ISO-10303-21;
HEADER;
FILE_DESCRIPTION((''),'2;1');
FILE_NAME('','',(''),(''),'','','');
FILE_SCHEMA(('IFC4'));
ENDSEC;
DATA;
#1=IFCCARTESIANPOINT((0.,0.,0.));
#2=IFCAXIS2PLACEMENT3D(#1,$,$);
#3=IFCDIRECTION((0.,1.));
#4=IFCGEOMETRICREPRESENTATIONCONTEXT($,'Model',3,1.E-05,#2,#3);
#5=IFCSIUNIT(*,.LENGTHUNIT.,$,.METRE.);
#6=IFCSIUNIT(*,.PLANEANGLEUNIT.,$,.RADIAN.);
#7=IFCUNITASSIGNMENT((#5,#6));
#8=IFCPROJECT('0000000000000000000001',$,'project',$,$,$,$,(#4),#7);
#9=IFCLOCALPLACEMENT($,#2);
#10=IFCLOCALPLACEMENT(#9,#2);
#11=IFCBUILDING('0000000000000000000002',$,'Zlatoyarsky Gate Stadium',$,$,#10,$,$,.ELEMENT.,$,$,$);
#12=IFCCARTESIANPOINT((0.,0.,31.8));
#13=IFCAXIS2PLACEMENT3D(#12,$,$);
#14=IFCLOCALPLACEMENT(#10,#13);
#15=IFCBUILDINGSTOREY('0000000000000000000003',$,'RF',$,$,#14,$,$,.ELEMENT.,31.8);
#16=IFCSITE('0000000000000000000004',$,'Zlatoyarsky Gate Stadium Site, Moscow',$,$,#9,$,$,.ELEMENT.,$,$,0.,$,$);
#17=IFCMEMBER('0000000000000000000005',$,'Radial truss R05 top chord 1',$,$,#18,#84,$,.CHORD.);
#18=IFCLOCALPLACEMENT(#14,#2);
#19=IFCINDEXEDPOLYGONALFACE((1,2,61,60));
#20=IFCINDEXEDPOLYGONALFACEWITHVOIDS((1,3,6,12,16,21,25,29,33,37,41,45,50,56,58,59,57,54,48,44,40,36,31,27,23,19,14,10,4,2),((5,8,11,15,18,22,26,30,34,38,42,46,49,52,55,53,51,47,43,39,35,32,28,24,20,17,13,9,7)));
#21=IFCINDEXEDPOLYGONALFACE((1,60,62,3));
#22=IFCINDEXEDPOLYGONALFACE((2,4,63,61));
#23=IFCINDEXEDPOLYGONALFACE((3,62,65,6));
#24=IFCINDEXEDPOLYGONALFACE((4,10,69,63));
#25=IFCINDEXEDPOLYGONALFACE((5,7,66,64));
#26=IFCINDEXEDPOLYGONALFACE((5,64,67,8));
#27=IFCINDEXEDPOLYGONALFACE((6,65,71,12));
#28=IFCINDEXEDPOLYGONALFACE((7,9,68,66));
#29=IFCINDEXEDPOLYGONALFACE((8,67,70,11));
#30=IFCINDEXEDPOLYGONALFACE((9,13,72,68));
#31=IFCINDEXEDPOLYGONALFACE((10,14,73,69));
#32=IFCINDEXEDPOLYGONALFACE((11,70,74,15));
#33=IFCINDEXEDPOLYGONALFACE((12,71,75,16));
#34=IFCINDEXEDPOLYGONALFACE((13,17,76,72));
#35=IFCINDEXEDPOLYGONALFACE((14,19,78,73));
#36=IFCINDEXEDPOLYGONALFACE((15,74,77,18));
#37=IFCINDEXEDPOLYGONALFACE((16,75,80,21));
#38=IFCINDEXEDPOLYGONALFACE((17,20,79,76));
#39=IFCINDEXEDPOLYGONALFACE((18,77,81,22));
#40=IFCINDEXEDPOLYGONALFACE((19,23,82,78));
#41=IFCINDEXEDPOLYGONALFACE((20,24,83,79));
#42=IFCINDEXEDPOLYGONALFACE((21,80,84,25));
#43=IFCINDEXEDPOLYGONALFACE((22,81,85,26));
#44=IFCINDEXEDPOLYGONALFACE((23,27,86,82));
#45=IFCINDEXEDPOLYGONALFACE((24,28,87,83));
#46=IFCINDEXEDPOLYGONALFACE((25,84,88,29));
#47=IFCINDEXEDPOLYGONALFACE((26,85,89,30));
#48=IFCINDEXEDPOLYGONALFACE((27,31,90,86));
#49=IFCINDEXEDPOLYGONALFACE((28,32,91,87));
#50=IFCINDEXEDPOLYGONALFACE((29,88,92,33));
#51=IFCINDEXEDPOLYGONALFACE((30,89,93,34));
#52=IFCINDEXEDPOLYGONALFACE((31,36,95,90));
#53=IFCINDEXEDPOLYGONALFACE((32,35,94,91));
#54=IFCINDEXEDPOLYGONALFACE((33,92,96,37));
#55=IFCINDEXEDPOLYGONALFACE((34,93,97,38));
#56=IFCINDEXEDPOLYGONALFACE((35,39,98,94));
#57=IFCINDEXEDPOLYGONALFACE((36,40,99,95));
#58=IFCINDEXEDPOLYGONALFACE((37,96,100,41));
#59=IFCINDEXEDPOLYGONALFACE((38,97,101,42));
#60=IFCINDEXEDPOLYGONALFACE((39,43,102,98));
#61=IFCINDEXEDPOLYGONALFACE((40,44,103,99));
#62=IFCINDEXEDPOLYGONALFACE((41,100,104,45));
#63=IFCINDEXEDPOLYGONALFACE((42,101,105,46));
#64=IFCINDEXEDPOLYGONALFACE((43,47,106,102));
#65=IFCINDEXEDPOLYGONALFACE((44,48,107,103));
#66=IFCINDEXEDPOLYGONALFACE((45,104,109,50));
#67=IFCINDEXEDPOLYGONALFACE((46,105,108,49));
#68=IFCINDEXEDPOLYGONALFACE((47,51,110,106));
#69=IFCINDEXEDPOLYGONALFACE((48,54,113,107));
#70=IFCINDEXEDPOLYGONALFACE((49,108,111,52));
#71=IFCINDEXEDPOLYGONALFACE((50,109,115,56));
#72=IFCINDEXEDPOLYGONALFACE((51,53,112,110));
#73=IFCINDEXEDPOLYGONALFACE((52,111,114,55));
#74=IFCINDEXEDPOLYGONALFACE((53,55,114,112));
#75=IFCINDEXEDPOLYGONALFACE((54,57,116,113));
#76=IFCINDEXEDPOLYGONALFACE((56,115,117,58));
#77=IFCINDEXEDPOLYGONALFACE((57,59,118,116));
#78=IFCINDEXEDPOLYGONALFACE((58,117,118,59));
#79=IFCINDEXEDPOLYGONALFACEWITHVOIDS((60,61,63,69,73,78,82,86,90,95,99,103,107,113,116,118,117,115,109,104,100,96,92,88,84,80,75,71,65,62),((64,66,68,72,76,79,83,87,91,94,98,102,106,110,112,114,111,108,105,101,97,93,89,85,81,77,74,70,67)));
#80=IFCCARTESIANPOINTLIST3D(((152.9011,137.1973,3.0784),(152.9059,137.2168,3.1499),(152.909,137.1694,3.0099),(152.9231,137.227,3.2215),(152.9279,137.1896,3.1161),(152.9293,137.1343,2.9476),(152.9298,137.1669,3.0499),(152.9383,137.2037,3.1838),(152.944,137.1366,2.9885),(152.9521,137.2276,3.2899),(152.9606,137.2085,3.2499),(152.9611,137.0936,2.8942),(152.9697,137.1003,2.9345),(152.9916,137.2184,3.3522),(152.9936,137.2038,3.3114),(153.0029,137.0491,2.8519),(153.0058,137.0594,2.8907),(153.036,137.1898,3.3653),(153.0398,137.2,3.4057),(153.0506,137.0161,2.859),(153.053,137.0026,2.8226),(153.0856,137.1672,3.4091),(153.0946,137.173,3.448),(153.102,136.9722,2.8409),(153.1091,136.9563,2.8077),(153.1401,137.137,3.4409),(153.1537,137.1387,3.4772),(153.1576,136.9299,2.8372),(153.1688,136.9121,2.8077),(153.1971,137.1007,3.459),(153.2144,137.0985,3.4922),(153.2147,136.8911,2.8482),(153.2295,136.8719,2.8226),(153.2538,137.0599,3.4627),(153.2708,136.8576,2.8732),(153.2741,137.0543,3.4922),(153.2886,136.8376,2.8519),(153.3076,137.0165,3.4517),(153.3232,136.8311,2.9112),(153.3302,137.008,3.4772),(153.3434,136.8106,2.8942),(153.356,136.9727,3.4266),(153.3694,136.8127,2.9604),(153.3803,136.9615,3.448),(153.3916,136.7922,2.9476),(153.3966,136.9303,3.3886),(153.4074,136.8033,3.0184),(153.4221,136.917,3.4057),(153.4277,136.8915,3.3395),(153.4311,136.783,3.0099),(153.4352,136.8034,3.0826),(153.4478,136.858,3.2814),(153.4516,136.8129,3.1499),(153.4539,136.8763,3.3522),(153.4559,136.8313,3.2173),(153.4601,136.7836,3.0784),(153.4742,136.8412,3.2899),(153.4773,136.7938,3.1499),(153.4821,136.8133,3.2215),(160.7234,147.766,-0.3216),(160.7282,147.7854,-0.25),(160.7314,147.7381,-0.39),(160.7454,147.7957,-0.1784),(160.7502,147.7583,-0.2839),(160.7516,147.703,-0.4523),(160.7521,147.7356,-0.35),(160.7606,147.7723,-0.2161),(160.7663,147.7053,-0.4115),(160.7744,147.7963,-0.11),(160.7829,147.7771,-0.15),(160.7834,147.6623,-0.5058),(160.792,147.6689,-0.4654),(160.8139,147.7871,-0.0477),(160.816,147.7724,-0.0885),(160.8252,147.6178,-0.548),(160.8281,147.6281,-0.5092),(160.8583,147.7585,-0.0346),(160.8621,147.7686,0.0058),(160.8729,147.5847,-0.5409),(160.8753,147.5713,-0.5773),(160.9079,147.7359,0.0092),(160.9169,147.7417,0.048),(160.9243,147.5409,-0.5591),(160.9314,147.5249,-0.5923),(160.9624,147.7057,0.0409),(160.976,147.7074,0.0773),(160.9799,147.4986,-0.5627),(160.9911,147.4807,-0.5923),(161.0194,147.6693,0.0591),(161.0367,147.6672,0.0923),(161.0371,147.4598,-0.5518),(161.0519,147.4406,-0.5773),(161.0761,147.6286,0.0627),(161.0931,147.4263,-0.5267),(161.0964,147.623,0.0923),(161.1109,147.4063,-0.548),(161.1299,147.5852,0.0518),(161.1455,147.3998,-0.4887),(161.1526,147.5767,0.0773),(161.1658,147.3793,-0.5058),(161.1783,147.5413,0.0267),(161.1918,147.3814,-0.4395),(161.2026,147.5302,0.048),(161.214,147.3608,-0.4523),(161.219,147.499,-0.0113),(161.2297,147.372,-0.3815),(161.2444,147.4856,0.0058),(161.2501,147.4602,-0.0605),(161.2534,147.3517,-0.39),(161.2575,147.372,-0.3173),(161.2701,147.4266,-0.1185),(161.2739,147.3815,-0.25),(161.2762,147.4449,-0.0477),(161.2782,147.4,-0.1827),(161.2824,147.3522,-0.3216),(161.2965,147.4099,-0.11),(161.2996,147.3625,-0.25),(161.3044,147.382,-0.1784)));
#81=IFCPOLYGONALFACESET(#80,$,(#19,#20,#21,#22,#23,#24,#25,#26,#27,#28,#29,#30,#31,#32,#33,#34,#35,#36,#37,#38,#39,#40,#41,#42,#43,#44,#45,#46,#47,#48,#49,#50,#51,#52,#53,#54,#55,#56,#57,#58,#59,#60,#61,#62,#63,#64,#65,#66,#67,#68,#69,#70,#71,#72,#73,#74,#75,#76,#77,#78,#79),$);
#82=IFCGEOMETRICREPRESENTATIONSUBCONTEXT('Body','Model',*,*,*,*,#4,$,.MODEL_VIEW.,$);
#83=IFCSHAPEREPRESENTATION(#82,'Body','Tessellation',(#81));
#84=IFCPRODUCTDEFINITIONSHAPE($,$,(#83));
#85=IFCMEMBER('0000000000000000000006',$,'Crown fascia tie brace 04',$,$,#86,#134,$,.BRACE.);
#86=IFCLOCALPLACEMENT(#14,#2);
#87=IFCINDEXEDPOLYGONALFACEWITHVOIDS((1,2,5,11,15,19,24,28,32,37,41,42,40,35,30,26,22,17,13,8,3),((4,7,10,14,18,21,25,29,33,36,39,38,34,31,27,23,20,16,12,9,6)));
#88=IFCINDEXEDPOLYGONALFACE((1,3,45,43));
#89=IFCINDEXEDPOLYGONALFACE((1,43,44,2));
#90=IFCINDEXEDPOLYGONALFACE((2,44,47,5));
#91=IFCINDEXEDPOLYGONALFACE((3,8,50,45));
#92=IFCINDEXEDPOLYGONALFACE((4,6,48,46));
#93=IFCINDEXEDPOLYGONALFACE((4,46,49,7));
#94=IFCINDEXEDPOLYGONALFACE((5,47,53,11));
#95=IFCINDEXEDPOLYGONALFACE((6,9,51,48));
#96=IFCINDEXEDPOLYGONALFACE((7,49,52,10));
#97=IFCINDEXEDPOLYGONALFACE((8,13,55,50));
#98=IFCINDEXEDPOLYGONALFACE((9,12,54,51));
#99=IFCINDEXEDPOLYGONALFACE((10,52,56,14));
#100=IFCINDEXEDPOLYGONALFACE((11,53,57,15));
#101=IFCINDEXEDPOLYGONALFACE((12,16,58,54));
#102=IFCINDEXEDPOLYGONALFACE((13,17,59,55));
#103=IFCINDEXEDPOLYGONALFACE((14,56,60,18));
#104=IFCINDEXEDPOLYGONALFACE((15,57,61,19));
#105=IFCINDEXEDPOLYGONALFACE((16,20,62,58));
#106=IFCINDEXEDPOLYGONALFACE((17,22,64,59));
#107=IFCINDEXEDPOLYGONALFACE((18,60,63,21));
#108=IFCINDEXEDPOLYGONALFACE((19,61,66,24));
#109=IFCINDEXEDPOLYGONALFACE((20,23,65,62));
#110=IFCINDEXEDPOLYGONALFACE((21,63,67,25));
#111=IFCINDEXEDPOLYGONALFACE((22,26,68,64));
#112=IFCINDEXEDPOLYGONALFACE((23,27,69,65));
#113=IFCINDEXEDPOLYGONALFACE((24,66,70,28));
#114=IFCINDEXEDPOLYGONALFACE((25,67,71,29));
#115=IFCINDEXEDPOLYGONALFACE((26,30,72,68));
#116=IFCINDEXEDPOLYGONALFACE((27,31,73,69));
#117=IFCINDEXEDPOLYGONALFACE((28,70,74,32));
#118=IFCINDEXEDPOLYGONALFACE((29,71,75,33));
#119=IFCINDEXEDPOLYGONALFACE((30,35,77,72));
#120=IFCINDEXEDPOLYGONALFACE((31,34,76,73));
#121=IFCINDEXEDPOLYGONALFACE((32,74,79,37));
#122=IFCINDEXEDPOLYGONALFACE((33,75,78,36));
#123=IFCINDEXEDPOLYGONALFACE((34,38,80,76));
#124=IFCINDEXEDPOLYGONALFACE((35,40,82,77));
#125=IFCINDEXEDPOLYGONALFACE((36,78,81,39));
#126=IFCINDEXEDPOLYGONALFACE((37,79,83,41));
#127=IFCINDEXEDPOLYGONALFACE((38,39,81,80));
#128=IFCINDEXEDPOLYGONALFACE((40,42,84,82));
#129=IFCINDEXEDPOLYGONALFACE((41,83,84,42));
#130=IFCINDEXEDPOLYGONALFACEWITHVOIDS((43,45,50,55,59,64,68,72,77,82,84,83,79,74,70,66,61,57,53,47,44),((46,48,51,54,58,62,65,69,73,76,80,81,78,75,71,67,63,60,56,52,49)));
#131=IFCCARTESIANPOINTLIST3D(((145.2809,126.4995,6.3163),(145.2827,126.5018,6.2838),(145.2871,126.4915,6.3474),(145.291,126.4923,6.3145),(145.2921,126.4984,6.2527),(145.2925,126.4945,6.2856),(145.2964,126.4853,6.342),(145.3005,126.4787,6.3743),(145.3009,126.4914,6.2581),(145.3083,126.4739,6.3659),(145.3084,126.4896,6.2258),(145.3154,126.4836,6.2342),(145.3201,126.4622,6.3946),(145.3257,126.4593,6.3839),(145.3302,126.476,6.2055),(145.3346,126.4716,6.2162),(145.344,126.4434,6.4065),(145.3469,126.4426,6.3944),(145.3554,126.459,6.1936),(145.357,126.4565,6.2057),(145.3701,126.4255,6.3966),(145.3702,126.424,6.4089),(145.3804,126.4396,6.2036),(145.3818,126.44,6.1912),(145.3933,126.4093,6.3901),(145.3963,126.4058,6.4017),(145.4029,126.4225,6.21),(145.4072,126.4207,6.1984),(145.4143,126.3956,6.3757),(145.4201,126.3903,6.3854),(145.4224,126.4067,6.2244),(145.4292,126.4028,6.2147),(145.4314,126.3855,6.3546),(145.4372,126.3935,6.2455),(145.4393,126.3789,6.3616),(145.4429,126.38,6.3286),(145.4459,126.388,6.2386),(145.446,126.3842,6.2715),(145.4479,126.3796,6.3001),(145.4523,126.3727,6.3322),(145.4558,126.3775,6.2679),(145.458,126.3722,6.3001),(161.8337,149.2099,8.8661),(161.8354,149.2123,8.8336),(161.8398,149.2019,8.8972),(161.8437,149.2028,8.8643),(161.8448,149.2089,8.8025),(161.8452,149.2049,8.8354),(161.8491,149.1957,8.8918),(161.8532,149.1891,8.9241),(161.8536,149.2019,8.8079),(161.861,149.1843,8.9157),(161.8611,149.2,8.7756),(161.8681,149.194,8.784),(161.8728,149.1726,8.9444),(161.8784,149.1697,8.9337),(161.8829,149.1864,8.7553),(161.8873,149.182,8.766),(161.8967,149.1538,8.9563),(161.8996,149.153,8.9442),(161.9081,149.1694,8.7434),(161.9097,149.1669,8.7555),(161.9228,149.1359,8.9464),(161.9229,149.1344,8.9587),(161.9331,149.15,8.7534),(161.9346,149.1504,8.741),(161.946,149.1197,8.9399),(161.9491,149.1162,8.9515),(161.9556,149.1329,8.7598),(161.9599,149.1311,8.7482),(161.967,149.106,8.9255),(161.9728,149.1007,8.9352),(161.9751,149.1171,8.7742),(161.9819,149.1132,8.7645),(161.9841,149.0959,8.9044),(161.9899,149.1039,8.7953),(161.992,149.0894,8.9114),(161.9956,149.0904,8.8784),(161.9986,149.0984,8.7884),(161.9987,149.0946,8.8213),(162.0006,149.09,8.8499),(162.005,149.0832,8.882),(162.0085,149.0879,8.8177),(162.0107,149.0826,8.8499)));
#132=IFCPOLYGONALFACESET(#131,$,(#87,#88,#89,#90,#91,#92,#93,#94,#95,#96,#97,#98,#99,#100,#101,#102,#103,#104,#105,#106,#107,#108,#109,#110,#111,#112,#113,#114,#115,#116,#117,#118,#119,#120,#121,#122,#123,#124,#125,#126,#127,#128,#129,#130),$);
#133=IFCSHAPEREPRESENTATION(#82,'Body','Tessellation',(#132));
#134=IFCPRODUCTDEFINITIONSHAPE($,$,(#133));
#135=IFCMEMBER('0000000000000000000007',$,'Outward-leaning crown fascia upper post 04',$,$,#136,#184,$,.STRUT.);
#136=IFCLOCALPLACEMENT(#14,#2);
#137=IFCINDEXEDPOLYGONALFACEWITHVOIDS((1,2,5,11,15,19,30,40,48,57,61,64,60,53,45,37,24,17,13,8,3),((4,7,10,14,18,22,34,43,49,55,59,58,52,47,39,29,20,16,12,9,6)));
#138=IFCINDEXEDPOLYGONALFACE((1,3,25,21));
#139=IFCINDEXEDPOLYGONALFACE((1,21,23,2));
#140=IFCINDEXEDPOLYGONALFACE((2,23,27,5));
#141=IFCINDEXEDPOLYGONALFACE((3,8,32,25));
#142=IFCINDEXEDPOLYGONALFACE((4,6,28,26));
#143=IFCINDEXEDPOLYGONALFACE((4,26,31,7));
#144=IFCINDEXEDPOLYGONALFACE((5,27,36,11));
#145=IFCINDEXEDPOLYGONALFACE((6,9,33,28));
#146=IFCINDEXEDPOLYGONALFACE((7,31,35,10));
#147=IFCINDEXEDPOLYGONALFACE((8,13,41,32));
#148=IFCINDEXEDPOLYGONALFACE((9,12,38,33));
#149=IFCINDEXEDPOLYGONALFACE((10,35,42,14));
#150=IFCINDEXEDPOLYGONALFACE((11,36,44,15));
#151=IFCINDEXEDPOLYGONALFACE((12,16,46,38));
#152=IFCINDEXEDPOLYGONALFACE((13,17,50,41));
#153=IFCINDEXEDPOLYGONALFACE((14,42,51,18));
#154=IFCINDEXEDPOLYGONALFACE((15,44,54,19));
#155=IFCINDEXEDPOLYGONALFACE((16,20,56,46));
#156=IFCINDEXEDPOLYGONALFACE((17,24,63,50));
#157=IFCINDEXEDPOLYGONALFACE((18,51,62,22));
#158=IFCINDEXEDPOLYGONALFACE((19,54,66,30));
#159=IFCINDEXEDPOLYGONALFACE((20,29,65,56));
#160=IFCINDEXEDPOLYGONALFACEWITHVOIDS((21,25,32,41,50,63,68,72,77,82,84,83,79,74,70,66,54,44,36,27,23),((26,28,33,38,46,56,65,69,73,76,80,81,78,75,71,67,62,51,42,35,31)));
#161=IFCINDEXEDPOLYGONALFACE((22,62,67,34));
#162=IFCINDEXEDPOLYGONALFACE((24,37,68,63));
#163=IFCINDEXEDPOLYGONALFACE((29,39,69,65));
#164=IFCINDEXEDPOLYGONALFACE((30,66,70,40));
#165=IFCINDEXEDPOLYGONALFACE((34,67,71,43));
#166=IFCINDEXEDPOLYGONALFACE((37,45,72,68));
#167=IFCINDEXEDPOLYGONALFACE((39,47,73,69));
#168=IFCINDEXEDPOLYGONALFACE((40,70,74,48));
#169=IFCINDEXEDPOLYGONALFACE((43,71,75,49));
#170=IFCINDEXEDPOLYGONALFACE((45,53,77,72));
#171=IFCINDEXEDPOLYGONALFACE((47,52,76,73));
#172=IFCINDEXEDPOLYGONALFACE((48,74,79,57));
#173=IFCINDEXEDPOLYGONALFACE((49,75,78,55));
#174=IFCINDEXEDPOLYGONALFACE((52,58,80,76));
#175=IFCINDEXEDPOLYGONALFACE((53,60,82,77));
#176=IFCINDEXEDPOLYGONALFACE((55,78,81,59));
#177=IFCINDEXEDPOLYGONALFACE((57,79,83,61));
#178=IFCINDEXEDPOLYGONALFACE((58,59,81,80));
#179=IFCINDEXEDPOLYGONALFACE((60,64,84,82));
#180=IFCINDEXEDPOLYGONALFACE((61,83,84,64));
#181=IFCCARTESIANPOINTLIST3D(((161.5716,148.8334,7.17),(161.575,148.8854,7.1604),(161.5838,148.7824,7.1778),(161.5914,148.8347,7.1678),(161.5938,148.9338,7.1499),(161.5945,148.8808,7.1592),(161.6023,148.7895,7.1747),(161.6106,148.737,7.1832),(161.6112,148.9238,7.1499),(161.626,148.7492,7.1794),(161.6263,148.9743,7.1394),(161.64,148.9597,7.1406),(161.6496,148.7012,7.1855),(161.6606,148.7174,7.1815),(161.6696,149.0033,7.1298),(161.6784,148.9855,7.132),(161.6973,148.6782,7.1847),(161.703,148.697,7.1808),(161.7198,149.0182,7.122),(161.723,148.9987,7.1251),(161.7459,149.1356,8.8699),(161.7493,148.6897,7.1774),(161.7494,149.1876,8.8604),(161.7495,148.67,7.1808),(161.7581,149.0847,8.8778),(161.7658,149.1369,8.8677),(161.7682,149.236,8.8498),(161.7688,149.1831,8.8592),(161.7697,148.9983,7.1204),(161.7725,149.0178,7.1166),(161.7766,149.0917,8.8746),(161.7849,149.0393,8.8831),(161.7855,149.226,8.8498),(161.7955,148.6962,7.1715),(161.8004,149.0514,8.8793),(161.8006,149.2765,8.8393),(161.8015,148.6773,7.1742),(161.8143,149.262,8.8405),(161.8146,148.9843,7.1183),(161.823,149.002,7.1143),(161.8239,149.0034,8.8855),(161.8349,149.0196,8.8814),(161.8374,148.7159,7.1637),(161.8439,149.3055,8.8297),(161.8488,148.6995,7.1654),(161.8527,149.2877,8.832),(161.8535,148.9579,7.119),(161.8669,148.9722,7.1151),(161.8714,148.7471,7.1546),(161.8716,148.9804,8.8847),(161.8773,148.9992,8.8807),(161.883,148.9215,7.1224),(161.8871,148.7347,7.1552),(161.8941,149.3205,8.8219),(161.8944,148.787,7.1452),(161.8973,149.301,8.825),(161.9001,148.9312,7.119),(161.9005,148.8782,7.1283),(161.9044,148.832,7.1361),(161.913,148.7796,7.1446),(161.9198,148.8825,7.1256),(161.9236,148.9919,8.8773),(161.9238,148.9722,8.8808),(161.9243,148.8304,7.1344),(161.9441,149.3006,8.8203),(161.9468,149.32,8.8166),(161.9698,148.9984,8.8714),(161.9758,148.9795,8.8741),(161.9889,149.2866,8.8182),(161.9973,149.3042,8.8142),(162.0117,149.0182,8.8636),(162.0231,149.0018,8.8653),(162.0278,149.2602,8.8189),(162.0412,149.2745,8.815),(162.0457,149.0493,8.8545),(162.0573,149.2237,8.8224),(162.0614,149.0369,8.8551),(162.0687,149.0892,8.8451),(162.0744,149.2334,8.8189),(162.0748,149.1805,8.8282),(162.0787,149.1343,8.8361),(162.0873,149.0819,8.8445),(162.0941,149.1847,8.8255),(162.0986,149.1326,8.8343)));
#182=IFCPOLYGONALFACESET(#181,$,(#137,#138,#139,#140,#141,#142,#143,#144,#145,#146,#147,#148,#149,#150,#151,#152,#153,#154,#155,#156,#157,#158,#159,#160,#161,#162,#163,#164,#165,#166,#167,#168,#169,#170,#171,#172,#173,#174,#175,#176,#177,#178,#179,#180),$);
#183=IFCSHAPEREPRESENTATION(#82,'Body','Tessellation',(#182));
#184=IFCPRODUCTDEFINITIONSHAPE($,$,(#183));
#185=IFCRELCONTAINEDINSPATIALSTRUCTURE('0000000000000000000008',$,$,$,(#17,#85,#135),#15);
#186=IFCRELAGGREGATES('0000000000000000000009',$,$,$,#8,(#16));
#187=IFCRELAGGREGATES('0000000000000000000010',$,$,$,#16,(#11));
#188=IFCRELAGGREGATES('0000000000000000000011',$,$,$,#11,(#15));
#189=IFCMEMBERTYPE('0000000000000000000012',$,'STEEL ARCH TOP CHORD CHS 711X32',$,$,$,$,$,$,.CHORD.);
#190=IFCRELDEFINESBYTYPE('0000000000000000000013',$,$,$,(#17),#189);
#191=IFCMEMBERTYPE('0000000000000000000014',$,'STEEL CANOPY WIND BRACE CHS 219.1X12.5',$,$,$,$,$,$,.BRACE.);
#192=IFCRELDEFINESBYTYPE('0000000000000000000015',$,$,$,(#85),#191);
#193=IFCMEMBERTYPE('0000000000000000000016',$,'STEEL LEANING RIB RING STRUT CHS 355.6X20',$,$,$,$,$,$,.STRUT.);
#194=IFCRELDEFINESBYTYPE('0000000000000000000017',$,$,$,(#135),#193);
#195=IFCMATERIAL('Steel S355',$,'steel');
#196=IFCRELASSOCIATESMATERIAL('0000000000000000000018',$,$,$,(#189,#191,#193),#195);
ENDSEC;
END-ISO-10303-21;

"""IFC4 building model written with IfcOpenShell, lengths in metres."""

from ifc_helpers import new_model, si_unit, direction, frame, origin, origin_2d, place, context, subcontext, project, spatial, hollow_circle, extrude, material, material_profile, profile_set, type_object, element, save


model = new_model("IFC4")

# Units and contexts
model_context = context("Model", 3, precision=1e-05, world=origin(), true_north=direction((0.0, 1.0)))
body_context = subcontext(model_context, "Body", "Model", "MODEL_VIEW")
ifc_project = project(units=[si_unit("LENGTHUNIT", "METRE"), si_unit("PLANEANGLEUNIT", "RADIAN")], contexts=[model_context])

# Site, building, storey
site_placement = place(None, origin())
site = spatial("IfcSite", under=ifc_project, at=site_placement, Name="Zlatoyarsky Gate Stadium Site, Moscow", CompositionType="ELEMENT", RefElevation=0.0)
building_placement = place(site_placement, origin())
building = spatial("IfcBuilding", under=site, at=building_placement, Name="Zlatoyarsky Gate Stadium", CompositionType="ELEMENT")
storey_placement = place(building_placement, frame((0.0, 0.0, 31.8)))
storey = spatial("IfcBuildingStorey", under=building, at=storey_placement, Name="RF", CompositionType="ELEMENT", Elevation=31.8)

# Members
ifc_material_1 = material(Name="Steel S355", Category="steel")
ifc_material_profile_1 = material_profile(ifc_material_1, hollow_circle(Radius=0.3555, WallThickness=0.032, at=origin_2d()), Name="CHS 711X32")
ifc_profile_set_1 = profile_set([ifc_material_profile_1], Name="Steel S355")
member_type_1 = type_object("IfcMemberType", Name="STEEL ARCH TOP CHORD CHS 711X32", PredefinedType="CHORD", material=ifc_profile_set_1)
member_1_placement = place(storey_placement, frame((161.0139, 147.574, -0.25), z_axis=(-0.575973, -0.778192, 0.250343), x_axis=(0.803787, -0.594917, 0.0)))
element("IfcMember", 1, at=member_1_placement, inside=storey, type_object=member_type_1, Name="Radial truss R05 top chord 1", PredefinedType="CHORD", context=body_context, shape_type="SweptSolid", body=[
    extrude(hollow_circle(Radius=0.3555, WallThickness=0.032, at=origin_2d()), origin(), (0.0, 0.0, 1.0), 13.5811),
])
ifc_material_profile_2 = material_profile(ifc_material_1, hollow_circle(Radius=0.1096, WallThickness=0.0125, at=origin_2d()), Name="CHS 219.1X12.5")
ifc_profile_set_2 = profile_set([ifc_material_profile_2], Name="Steel S355")
member_type_2 = type_object("IfcMemberType", Name="STEEL CANOPY WIND BRACE CHS 219.1X12.5", PredefinedType="BRACE", material=ifc_profile_set_2)
member_2_placement = place(storey_placement, frame((161.9221, 149.1472, 8.8499), z_axis=(-0.586601, -0.80482, -0.090361), x_axis=(0.808126, -0.58901, 0.0)))
element("IfcMember", 2, at=member_2_placement, inside=storey, type_object=member_type_2, Name="Crown fascia tie brace 04", PredefinedType="BRACE", context=body_context, shape_type="SweptSolid", body=[
    extrude(hollow_circle(Radius=0.1096, WallThickness=0.0125, at=origin_2d()), origin(), (0.0, 0.0, 1.0), 28.218),
])
ifc_material_profile_3 = material_profile(ifc_material_1, hollow_circle(Radius=0.1777, WallThickness=0.02, at=origin_2d()), Name="CHS 355.6X20")
ifc_profile_set_3 = profile_set([ifc_material_profile_3], Name="Steel S355")
member_type_3 = type_object("IfcMemberType", Name="STEEL LEANING RIB RING STRUT CHS 355.6X20", PredefinedType="STRUT", material=ifc_profile_set_3)
member_3_placement = place(storey_placement, frame((161.7478, 148.845, 7.1499), z_axis=(0.100448, 0.174166, 0.97958), x_axis=(-0.866255, 0.499601, 0.0)))
element("IfcMember", 3, at=member_3_placement, inside=storey, type_object=member_type_3, Name="Outward-leaning crown fascia upper post 04", PredefinedType="STRUT", context=body_context, shape_type="SweptSolid", body=[
    extrude(hollow_circle(Radius=0.1777, WallThickness=0.02, at=origin_2d()), origin(), (0.0, 0.0, 1.0), 1.7354),
])

save(model, "model.ifc")
